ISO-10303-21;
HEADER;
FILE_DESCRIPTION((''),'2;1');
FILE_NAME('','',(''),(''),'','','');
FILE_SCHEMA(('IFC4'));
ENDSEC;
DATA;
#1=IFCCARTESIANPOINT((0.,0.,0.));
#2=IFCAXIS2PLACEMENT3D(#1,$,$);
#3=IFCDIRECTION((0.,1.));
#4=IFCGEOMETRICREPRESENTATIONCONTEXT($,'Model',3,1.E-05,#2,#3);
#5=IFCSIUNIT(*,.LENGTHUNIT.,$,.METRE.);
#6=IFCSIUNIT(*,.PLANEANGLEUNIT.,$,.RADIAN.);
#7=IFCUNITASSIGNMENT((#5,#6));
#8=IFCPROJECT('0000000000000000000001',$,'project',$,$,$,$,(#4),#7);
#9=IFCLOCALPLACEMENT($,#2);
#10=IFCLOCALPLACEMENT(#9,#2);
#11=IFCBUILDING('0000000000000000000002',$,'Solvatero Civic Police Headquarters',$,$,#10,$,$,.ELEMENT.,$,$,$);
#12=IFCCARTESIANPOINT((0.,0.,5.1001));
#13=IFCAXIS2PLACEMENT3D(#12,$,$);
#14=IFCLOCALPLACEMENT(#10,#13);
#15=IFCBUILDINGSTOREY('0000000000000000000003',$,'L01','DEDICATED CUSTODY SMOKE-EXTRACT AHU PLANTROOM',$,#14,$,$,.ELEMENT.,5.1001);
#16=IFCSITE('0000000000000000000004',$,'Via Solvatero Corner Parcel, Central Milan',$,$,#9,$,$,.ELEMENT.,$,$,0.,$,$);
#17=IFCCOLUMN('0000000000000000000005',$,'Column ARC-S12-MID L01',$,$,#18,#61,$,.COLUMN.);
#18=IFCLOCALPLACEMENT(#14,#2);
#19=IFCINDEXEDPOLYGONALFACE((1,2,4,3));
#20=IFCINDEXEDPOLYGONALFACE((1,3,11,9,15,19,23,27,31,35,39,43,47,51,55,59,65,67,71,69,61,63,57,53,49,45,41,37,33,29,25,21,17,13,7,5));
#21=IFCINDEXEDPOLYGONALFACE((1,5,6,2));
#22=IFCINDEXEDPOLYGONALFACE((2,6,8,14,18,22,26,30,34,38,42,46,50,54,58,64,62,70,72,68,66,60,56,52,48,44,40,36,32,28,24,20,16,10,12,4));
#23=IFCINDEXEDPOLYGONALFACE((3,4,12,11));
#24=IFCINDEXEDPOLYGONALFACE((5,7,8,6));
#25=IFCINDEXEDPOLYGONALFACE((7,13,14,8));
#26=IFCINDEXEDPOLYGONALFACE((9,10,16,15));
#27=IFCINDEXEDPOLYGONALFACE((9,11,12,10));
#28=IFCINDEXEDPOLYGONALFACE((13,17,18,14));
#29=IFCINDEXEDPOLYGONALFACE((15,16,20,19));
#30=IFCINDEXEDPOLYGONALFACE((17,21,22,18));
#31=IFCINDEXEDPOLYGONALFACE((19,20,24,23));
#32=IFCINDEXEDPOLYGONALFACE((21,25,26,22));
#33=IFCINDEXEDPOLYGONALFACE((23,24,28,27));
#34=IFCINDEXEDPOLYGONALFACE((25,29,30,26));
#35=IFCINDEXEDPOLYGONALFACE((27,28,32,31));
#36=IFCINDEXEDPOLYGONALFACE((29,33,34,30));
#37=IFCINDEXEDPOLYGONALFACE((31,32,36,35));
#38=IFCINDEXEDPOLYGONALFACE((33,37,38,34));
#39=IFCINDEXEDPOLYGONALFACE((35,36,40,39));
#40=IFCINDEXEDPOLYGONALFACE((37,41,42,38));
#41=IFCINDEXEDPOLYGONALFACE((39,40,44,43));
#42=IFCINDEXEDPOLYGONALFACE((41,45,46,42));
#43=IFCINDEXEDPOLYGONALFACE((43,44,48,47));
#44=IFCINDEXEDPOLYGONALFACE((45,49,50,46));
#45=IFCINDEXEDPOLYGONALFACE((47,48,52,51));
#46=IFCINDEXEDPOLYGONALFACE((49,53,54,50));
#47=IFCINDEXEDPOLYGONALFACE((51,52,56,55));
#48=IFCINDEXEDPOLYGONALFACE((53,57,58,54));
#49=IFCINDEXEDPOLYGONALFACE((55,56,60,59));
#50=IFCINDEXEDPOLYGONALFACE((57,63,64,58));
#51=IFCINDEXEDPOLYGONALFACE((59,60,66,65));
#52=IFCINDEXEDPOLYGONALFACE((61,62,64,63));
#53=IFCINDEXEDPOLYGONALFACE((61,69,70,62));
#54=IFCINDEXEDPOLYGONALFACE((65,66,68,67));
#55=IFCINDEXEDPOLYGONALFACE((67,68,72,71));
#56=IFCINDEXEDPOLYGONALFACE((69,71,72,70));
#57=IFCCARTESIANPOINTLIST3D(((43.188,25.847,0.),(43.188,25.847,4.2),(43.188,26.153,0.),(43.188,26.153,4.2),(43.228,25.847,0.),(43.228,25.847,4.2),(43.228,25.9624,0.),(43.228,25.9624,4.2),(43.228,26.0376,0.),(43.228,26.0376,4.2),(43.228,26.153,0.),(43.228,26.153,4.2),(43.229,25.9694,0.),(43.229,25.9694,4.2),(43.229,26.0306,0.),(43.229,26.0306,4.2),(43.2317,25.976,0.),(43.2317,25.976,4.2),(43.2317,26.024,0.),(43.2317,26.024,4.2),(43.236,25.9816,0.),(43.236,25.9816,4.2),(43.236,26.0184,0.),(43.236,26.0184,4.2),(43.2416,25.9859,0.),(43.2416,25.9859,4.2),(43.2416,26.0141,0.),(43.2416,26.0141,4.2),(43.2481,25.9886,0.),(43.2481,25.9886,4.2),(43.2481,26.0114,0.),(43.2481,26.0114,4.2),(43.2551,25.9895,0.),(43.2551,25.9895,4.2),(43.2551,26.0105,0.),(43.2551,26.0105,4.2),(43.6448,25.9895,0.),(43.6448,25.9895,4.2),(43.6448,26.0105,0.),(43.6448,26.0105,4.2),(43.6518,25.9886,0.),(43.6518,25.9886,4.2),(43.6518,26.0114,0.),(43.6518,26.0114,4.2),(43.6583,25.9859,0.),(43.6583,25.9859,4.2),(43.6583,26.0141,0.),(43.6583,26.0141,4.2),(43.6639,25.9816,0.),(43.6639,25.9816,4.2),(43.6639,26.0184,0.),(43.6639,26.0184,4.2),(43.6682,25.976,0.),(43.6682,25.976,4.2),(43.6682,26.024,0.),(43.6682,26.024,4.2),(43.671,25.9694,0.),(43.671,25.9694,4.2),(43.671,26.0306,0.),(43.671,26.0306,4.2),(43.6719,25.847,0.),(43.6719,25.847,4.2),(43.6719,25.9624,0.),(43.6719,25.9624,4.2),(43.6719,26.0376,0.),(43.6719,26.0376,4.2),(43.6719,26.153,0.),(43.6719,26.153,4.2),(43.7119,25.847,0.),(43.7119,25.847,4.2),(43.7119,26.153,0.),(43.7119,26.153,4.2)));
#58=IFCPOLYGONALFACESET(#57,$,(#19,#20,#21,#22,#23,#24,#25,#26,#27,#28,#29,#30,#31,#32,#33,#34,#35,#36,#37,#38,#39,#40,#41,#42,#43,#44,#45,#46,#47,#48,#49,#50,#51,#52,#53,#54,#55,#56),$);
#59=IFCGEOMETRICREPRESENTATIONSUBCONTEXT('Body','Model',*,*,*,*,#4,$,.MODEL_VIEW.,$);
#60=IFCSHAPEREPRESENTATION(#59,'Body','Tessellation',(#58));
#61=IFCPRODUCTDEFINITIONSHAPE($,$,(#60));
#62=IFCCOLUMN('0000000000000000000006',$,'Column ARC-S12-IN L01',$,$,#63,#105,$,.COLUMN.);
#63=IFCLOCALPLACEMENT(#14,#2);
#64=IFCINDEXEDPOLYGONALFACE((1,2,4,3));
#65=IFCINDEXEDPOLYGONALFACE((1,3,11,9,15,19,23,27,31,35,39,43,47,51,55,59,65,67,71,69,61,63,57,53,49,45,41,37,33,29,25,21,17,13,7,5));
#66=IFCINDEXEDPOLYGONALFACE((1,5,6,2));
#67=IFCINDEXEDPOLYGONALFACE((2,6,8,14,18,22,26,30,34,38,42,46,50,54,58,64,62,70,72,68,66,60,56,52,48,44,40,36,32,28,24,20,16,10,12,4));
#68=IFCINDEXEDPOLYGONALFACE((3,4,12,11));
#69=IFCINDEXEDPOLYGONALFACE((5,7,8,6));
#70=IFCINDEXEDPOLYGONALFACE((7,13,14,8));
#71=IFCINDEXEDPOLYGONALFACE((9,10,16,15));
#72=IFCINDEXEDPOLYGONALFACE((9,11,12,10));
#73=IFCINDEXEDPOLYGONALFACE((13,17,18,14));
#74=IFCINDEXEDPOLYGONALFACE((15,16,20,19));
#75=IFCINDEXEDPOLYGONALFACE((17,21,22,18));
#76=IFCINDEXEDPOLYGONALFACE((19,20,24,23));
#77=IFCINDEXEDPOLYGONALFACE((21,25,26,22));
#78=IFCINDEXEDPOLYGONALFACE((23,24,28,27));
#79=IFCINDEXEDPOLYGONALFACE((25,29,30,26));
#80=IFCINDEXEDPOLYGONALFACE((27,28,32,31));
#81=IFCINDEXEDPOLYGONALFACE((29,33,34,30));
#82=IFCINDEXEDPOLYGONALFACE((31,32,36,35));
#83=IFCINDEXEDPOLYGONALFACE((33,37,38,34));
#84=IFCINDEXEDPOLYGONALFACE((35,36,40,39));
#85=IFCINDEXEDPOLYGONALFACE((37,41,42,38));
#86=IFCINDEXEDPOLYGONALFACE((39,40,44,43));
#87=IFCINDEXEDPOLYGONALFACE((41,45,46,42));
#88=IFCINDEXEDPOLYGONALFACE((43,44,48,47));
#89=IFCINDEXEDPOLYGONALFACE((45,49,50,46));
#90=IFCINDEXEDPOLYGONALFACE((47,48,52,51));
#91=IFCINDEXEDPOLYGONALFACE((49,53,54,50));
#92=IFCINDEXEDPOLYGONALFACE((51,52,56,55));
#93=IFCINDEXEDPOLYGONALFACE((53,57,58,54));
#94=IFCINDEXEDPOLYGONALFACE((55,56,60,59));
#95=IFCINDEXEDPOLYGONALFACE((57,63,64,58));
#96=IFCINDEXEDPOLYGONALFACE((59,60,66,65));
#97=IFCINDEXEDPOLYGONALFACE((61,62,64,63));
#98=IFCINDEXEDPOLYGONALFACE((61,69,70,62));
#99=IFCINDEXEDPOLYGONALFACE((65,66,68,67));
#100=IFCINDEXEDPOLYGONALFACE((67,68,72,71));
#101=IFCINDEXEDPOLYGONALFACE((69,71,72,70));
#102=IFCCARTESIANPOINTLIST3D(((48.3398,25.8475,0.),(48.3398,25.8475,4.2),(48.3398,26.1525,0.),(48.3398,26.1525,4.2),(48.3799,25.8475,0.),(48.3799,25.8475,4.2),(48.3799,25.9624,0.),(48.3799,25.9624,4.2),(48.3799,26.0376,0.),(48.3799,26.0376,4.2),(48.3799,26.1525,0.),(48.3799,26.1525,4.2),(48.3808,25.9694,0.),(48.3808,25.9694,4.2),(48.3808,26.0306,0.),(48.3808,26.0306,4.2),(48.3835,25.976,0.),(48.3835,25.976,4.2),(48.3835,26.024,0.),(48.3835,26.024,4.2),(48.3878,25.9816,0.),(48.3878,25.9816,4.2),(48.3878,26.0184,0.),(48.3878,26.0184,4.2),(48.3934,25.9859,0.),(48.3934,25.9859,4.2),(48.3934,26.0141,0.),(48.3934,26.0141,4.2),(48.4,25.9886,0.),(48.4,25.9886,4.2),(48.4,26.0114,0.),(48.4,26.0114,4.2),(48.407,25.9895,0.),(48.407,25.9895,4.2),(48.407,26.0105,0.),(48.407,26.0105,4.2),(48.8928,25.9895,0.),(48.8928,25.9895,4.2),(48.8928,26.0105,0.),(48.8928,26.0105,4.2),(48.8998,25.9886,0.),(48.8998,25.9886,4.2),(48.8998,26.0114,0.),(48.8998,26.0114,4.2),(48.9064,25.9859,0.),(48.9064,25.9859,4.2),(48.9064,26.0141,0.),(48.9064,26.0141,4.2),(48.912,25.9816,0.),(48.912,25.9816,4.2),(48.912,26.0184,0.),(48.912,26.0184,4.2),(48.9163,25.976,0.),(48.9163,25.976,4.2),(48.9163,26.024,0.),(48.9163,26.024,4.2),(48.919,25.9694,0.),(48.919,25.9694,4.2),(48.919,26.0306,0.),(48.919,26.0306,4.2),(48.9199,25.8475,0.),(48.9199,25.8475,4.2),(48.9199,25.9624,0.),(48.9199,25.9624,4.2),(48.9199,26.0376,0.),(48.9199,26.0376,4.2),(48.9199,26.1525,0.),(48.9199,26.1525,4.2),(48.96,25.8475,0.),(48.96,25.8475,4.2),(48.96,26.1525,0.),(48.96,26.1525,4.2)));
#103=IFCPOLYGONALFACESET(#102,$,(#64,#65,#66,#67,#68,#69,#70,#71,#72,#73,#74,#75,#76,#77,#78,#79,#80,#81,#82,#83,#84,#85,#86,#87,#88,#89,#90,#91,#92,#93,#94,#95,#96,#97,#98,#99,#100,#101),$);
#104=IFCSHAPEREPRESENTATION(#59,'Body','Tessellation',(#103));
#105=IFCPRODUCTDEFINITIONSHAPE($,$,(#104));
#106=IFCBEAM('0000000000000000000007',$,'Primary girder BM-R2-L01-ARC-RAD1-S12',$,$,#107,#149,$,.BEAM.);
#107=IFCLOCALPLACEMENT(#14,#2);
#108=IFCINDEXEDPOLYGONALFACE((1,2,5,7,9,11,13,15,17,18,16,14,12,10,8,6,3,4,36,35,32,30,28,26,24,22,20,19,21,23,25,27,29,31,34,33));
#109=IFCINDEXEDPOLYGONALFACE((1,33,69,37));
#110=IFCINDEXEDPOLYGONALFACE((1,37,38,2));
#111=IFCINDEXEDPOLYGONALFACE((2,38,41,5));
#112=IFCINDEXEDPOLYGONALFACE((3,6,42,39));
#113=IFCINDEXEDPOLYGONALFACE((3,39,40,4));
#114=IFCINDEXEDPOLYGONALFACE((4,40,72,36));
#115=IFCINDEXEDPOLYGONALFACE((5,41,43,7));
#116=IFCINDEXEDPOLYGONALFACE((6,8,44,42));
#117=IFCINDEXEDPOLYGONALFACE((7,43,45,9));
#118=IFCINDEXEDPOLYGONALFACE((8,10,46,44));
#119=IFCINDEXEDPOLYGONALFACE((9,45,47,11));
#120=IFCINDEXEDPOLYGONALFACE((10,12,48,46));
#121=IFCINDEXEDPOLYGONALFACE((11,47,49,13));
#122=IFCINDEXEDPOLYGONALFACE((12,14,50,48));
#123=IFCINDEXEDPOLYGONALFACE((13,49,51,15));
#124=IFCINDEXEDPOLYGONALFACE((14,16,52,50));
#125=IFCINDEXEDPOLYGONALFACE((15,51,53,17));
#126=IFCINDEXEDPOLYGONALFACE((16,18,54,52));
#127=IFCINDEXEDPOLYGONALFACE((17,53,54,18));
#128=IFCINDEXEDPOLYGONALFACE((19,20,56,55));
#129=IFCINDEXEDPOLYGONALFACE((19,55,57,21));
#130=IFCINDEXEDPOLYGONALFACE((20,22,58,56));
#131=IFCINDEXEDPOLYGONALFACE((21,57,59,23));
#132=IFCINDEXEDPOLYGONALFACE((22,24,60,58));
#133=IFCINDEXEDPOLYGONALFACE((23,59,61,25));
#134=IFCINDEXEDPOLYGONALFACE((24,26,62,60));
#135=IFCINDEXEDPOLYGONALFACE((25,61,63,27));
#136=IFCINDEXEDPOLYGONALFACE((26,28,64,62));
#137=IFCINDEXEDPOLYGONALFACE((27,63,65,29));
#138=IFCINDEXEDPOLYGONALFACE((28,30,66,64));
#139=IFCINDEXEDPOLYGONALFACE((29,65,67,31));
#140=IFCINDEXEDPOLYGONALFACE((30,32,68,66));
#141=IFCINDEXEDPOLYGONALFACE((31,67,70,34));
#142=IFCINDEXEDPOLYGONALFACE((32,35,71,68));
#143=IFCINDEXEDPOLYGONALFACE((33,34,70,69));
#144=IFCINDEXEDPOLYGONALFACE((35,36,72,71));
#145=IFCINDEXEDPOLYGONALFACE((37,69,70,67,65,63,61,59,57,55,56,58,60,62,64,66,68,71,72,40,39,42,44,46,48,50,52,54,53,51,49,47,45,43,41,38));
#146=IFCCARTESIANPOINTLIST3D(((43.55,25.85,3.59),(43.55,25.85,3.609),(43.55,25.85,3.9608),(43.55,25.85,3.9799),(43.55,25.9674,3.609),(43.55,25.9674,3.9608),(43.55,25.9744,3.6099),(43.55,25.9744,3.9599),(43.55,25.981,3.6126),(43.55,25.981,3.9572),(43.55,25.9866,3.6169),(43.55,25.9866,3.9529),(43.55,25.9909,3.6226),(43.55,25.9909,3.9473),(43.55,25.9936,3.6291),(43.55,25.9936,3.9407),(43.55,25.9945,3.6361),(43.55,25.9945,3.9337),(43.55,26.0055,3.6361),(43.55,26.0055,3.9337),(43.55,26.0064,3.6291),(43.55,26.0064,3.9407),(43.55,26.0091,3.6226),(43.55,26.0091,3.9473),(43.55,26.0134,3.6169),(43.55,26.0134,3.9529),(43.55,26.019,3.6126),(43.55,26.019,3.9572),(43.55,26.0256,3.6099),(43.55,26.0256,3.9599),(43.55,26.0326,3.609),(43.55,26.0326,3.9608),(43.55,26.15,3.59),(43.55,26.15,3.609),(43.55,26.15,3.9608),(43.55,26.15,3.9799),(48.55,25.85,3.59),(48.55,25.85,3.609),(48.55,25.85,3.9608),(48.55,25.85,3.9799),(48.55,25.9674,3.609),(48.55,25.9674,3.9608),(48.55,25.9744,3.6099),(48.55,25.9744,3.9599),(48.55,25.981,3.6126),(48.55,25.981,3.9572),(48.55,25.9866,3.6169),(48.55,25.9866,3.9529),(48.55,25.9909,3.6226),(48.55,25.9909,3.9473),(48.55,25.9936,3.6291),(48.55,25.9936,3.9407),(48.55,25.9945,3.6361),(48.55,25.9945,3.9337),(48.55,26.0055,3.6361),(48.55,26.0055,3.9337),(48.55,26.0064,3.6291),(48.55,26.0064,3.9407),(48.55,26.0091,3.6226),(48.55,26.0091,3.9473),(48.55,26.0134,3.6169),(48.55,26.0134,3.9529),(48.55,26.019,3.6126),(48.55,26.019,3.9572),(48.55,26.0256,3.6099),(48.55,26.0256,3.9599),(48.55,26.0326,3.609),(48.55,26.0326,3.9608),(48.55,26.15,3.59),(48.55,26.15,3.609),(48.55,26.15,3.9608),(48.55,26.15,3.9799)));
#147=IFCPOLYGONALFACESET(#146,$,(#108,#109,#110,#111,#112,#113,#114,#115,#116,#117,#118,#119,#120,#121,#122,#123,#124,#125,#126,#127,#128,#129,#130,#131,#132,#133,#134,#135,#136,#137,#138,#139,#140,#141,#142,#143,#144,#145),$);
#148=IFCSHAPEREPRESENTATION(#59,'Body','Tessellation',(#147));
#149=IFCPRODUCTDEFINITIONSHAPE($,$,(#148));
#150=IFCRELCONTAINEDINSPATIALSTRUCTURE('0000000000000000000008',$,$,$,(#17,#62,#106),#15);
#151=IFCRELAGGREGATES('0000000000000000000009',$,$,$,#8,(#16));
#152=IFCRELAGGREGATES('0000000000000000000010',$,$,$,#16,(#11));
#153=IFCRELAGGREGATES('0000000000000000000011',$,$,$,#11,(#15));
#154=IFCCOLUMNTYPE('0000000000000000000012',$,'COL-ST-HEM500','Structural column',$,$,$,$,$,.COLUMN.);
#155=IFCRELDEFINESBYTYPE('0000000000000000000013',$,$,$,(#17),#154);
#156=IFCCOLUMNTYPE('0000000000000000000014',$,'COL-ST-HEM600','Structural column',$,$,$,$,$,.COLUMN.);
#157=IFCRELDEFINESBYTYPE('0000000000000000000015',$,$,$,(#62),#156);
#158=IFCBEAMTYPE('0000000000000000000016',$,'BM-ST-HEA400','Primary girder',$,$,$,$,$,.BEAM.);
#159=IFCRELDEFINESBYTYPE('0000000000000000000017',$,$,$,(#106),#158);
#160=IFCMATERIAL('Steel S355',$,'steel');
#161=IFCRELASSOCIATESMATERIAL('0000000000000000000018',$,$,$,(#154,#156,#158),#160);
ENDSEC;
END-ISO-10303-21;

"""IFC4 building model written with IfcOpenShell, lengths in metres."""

from ifc_helpers import new_model, si_unit, direction, frame, origin, origin_2d, place, context, subcontext, project, spatial, i_section, extrude, material, material_profile, profile_set, type_object, element, save


model = new_model("IFC4")

# Units and contexts
model_context = context("Model", 3, precision=1e-05, world=origin(), true_north=direction((0.0, 1.0)))
body_context = subcontext(model_context, "Body", "Model", "MODEL_VIEW")
ifc_project = project(units=[si_unit("LENGTHUNIT", "METRE"), si_unit("PLANEANGLEUNIT", "RADIAN")], contexts=[model_context])

# Site, building, storey
site_placement = place(None, origin())
site = spatial("IfcSite", under=ifc_project, at=site_placement, Name="Via Solvatero Corner Parcel, Central Milan", CompositionType="ELEMENT", RefElevation=0.0)
building_placement = place(site_placement, origin())
building = spatial("IfcBuilding", under=site, at=building_placement, Name="Solvatero Civic Police Headquarters", CompositionType="ELEMENT")
storey_placement = place(building_placement, frame((0.0, 0.0, 5.1001)))
storey = spatial("IfcBuildingStorey", under=building, at=storey_placement, Name="L01", Description="DEDICATED CUSTODY SMOKE-EXTRACT AHU PLANTROOM", CompositionType="ELEMENT", Elevation=5.1001)

# Columns
ifc_material_1 = material(Name="Steel S355", Category="steel")
ifc_material_profile_1 = material_profile(ifc_material_1, i_section(OverallWidth=0.3059, OverallDepth=0.5239, WebThickness=0.021, FlangeThickness=0.04, FilletRadius=0.0271, at=origin_2d()), Name="HEM 500")
ifc_profile_set_1 = profile_set([ifc_material_profile_1], Name="Steel S355")
column_type_1 = type_object("IfcColumnType", Name="COL-ST-HEM500", Description="Structural column", PredefinedType="COLUMN", material=ifc_profile_set_1)
column_1_placement = place(storey_placement, frame((43.45, 26.0, 0.0), z_axis=(0.0, 0.0, 1.0), x_axis=(0.0, 1.0, 0.0)))
element("IfcColumn", 1, at=column_1_placement, inside=storey, type_object=column_type_1, Name="Column ARC-S12-MID L01", PredefinedType="COLUMN", context=body_context, shape_type="SweptSolid", body=[
    extrude(i_section(OverallWidth=0.3059, OverallDepth=0.5239, WebThickness=0.021, FlangeThickness=0.04, FilletRadius=0.0271, at=origin_2d()), origin(), (0.0, 0.0, 1.0), 4.2),
])
ifc_material_profile_2 = material_profile(ifc_material_1, i_section(OverallWidth=0.3049, OverallDepth=0.6201, WebThickness=0.021, FlangeThickness=0.04, FilletRadius=0.0271, at=origin_2d()), Name="HEM 600")
ifc_profile_set_2 = profile_set([ifc_material_profile_2], Name="Steel S355")
column_type_2 = type_object("IfcColumnType", Name="COL-ST-HEM600", Description="Structural column", PredefinedType="COLUMN", material=ifc_profile_set_2)
column_2_placement = place(storey_placement, frame((48.6499, 26.0, 0.0), z_axis=(0.0, 0.0, 1.0), x_axis=(0.0, 1.0, 0.0)))
element("IfcColumn", 2, at=column_2_placement, inside=storey, type_object=column_type_2, Name="Column ARC-S12-IN L01", PredefinedType="COLUMN", context=body_context, shape_type="SweptSolid", body=[
    extrude(i_section(OverallWidth=0.3049, OverallDepth=0.6201, WebThickness=0.021, FlangeThickness=0.04, FilletRadius=0.0271, at=origin_2d()), origin(), (0.0, 0.0, 1.0), 4.2),
])

# Beam
ifc_material_profile_3 = material_profile(ifc_material_1, i_section(OverallWidth=0.3, OverallDepth=0.3899, WebThickness=0.011, FlangeThickness=0.019, FilletRadius=0.0271, at=origin_2d()), Name="HEA 400")
ifc_profile_set_3 = profile_set([ifc_material_profile_3], Name="Steel S355")
beam_type_1 = type_object("IfcBeamType", Name="BM-ST-HEA400", Description="Primary girder", PredefinedType="BEAM", material=ifc_profile_set_3)
beam_1_placement = place(storey_placement, frame((48.55, 26.0, 3.7849), z_axis=(-1.0, 0.0, 0.0), x_axis=(0.0, -1.0, 0.0)))
element("IfcBeam", 3, at=beam_1_placement, inside=storey, type_object=beam_type_1, Name="Primary girder BM-R2-L01-ARC-RAD1-S12", PredefinedType="BEAM", context=body_context, shape_type="SweptSolid", body=[
    extrude(i_section(OverallWidth=0.3, OverallDepth=0.3899, WebThickness=0.011, FlangeThickness=0.019, FilletRadius=0.0271, at=origin_2d()), origin(), (0.0, 0.0, 1.0), 5.0),
])

save(model, "model.ifc")
